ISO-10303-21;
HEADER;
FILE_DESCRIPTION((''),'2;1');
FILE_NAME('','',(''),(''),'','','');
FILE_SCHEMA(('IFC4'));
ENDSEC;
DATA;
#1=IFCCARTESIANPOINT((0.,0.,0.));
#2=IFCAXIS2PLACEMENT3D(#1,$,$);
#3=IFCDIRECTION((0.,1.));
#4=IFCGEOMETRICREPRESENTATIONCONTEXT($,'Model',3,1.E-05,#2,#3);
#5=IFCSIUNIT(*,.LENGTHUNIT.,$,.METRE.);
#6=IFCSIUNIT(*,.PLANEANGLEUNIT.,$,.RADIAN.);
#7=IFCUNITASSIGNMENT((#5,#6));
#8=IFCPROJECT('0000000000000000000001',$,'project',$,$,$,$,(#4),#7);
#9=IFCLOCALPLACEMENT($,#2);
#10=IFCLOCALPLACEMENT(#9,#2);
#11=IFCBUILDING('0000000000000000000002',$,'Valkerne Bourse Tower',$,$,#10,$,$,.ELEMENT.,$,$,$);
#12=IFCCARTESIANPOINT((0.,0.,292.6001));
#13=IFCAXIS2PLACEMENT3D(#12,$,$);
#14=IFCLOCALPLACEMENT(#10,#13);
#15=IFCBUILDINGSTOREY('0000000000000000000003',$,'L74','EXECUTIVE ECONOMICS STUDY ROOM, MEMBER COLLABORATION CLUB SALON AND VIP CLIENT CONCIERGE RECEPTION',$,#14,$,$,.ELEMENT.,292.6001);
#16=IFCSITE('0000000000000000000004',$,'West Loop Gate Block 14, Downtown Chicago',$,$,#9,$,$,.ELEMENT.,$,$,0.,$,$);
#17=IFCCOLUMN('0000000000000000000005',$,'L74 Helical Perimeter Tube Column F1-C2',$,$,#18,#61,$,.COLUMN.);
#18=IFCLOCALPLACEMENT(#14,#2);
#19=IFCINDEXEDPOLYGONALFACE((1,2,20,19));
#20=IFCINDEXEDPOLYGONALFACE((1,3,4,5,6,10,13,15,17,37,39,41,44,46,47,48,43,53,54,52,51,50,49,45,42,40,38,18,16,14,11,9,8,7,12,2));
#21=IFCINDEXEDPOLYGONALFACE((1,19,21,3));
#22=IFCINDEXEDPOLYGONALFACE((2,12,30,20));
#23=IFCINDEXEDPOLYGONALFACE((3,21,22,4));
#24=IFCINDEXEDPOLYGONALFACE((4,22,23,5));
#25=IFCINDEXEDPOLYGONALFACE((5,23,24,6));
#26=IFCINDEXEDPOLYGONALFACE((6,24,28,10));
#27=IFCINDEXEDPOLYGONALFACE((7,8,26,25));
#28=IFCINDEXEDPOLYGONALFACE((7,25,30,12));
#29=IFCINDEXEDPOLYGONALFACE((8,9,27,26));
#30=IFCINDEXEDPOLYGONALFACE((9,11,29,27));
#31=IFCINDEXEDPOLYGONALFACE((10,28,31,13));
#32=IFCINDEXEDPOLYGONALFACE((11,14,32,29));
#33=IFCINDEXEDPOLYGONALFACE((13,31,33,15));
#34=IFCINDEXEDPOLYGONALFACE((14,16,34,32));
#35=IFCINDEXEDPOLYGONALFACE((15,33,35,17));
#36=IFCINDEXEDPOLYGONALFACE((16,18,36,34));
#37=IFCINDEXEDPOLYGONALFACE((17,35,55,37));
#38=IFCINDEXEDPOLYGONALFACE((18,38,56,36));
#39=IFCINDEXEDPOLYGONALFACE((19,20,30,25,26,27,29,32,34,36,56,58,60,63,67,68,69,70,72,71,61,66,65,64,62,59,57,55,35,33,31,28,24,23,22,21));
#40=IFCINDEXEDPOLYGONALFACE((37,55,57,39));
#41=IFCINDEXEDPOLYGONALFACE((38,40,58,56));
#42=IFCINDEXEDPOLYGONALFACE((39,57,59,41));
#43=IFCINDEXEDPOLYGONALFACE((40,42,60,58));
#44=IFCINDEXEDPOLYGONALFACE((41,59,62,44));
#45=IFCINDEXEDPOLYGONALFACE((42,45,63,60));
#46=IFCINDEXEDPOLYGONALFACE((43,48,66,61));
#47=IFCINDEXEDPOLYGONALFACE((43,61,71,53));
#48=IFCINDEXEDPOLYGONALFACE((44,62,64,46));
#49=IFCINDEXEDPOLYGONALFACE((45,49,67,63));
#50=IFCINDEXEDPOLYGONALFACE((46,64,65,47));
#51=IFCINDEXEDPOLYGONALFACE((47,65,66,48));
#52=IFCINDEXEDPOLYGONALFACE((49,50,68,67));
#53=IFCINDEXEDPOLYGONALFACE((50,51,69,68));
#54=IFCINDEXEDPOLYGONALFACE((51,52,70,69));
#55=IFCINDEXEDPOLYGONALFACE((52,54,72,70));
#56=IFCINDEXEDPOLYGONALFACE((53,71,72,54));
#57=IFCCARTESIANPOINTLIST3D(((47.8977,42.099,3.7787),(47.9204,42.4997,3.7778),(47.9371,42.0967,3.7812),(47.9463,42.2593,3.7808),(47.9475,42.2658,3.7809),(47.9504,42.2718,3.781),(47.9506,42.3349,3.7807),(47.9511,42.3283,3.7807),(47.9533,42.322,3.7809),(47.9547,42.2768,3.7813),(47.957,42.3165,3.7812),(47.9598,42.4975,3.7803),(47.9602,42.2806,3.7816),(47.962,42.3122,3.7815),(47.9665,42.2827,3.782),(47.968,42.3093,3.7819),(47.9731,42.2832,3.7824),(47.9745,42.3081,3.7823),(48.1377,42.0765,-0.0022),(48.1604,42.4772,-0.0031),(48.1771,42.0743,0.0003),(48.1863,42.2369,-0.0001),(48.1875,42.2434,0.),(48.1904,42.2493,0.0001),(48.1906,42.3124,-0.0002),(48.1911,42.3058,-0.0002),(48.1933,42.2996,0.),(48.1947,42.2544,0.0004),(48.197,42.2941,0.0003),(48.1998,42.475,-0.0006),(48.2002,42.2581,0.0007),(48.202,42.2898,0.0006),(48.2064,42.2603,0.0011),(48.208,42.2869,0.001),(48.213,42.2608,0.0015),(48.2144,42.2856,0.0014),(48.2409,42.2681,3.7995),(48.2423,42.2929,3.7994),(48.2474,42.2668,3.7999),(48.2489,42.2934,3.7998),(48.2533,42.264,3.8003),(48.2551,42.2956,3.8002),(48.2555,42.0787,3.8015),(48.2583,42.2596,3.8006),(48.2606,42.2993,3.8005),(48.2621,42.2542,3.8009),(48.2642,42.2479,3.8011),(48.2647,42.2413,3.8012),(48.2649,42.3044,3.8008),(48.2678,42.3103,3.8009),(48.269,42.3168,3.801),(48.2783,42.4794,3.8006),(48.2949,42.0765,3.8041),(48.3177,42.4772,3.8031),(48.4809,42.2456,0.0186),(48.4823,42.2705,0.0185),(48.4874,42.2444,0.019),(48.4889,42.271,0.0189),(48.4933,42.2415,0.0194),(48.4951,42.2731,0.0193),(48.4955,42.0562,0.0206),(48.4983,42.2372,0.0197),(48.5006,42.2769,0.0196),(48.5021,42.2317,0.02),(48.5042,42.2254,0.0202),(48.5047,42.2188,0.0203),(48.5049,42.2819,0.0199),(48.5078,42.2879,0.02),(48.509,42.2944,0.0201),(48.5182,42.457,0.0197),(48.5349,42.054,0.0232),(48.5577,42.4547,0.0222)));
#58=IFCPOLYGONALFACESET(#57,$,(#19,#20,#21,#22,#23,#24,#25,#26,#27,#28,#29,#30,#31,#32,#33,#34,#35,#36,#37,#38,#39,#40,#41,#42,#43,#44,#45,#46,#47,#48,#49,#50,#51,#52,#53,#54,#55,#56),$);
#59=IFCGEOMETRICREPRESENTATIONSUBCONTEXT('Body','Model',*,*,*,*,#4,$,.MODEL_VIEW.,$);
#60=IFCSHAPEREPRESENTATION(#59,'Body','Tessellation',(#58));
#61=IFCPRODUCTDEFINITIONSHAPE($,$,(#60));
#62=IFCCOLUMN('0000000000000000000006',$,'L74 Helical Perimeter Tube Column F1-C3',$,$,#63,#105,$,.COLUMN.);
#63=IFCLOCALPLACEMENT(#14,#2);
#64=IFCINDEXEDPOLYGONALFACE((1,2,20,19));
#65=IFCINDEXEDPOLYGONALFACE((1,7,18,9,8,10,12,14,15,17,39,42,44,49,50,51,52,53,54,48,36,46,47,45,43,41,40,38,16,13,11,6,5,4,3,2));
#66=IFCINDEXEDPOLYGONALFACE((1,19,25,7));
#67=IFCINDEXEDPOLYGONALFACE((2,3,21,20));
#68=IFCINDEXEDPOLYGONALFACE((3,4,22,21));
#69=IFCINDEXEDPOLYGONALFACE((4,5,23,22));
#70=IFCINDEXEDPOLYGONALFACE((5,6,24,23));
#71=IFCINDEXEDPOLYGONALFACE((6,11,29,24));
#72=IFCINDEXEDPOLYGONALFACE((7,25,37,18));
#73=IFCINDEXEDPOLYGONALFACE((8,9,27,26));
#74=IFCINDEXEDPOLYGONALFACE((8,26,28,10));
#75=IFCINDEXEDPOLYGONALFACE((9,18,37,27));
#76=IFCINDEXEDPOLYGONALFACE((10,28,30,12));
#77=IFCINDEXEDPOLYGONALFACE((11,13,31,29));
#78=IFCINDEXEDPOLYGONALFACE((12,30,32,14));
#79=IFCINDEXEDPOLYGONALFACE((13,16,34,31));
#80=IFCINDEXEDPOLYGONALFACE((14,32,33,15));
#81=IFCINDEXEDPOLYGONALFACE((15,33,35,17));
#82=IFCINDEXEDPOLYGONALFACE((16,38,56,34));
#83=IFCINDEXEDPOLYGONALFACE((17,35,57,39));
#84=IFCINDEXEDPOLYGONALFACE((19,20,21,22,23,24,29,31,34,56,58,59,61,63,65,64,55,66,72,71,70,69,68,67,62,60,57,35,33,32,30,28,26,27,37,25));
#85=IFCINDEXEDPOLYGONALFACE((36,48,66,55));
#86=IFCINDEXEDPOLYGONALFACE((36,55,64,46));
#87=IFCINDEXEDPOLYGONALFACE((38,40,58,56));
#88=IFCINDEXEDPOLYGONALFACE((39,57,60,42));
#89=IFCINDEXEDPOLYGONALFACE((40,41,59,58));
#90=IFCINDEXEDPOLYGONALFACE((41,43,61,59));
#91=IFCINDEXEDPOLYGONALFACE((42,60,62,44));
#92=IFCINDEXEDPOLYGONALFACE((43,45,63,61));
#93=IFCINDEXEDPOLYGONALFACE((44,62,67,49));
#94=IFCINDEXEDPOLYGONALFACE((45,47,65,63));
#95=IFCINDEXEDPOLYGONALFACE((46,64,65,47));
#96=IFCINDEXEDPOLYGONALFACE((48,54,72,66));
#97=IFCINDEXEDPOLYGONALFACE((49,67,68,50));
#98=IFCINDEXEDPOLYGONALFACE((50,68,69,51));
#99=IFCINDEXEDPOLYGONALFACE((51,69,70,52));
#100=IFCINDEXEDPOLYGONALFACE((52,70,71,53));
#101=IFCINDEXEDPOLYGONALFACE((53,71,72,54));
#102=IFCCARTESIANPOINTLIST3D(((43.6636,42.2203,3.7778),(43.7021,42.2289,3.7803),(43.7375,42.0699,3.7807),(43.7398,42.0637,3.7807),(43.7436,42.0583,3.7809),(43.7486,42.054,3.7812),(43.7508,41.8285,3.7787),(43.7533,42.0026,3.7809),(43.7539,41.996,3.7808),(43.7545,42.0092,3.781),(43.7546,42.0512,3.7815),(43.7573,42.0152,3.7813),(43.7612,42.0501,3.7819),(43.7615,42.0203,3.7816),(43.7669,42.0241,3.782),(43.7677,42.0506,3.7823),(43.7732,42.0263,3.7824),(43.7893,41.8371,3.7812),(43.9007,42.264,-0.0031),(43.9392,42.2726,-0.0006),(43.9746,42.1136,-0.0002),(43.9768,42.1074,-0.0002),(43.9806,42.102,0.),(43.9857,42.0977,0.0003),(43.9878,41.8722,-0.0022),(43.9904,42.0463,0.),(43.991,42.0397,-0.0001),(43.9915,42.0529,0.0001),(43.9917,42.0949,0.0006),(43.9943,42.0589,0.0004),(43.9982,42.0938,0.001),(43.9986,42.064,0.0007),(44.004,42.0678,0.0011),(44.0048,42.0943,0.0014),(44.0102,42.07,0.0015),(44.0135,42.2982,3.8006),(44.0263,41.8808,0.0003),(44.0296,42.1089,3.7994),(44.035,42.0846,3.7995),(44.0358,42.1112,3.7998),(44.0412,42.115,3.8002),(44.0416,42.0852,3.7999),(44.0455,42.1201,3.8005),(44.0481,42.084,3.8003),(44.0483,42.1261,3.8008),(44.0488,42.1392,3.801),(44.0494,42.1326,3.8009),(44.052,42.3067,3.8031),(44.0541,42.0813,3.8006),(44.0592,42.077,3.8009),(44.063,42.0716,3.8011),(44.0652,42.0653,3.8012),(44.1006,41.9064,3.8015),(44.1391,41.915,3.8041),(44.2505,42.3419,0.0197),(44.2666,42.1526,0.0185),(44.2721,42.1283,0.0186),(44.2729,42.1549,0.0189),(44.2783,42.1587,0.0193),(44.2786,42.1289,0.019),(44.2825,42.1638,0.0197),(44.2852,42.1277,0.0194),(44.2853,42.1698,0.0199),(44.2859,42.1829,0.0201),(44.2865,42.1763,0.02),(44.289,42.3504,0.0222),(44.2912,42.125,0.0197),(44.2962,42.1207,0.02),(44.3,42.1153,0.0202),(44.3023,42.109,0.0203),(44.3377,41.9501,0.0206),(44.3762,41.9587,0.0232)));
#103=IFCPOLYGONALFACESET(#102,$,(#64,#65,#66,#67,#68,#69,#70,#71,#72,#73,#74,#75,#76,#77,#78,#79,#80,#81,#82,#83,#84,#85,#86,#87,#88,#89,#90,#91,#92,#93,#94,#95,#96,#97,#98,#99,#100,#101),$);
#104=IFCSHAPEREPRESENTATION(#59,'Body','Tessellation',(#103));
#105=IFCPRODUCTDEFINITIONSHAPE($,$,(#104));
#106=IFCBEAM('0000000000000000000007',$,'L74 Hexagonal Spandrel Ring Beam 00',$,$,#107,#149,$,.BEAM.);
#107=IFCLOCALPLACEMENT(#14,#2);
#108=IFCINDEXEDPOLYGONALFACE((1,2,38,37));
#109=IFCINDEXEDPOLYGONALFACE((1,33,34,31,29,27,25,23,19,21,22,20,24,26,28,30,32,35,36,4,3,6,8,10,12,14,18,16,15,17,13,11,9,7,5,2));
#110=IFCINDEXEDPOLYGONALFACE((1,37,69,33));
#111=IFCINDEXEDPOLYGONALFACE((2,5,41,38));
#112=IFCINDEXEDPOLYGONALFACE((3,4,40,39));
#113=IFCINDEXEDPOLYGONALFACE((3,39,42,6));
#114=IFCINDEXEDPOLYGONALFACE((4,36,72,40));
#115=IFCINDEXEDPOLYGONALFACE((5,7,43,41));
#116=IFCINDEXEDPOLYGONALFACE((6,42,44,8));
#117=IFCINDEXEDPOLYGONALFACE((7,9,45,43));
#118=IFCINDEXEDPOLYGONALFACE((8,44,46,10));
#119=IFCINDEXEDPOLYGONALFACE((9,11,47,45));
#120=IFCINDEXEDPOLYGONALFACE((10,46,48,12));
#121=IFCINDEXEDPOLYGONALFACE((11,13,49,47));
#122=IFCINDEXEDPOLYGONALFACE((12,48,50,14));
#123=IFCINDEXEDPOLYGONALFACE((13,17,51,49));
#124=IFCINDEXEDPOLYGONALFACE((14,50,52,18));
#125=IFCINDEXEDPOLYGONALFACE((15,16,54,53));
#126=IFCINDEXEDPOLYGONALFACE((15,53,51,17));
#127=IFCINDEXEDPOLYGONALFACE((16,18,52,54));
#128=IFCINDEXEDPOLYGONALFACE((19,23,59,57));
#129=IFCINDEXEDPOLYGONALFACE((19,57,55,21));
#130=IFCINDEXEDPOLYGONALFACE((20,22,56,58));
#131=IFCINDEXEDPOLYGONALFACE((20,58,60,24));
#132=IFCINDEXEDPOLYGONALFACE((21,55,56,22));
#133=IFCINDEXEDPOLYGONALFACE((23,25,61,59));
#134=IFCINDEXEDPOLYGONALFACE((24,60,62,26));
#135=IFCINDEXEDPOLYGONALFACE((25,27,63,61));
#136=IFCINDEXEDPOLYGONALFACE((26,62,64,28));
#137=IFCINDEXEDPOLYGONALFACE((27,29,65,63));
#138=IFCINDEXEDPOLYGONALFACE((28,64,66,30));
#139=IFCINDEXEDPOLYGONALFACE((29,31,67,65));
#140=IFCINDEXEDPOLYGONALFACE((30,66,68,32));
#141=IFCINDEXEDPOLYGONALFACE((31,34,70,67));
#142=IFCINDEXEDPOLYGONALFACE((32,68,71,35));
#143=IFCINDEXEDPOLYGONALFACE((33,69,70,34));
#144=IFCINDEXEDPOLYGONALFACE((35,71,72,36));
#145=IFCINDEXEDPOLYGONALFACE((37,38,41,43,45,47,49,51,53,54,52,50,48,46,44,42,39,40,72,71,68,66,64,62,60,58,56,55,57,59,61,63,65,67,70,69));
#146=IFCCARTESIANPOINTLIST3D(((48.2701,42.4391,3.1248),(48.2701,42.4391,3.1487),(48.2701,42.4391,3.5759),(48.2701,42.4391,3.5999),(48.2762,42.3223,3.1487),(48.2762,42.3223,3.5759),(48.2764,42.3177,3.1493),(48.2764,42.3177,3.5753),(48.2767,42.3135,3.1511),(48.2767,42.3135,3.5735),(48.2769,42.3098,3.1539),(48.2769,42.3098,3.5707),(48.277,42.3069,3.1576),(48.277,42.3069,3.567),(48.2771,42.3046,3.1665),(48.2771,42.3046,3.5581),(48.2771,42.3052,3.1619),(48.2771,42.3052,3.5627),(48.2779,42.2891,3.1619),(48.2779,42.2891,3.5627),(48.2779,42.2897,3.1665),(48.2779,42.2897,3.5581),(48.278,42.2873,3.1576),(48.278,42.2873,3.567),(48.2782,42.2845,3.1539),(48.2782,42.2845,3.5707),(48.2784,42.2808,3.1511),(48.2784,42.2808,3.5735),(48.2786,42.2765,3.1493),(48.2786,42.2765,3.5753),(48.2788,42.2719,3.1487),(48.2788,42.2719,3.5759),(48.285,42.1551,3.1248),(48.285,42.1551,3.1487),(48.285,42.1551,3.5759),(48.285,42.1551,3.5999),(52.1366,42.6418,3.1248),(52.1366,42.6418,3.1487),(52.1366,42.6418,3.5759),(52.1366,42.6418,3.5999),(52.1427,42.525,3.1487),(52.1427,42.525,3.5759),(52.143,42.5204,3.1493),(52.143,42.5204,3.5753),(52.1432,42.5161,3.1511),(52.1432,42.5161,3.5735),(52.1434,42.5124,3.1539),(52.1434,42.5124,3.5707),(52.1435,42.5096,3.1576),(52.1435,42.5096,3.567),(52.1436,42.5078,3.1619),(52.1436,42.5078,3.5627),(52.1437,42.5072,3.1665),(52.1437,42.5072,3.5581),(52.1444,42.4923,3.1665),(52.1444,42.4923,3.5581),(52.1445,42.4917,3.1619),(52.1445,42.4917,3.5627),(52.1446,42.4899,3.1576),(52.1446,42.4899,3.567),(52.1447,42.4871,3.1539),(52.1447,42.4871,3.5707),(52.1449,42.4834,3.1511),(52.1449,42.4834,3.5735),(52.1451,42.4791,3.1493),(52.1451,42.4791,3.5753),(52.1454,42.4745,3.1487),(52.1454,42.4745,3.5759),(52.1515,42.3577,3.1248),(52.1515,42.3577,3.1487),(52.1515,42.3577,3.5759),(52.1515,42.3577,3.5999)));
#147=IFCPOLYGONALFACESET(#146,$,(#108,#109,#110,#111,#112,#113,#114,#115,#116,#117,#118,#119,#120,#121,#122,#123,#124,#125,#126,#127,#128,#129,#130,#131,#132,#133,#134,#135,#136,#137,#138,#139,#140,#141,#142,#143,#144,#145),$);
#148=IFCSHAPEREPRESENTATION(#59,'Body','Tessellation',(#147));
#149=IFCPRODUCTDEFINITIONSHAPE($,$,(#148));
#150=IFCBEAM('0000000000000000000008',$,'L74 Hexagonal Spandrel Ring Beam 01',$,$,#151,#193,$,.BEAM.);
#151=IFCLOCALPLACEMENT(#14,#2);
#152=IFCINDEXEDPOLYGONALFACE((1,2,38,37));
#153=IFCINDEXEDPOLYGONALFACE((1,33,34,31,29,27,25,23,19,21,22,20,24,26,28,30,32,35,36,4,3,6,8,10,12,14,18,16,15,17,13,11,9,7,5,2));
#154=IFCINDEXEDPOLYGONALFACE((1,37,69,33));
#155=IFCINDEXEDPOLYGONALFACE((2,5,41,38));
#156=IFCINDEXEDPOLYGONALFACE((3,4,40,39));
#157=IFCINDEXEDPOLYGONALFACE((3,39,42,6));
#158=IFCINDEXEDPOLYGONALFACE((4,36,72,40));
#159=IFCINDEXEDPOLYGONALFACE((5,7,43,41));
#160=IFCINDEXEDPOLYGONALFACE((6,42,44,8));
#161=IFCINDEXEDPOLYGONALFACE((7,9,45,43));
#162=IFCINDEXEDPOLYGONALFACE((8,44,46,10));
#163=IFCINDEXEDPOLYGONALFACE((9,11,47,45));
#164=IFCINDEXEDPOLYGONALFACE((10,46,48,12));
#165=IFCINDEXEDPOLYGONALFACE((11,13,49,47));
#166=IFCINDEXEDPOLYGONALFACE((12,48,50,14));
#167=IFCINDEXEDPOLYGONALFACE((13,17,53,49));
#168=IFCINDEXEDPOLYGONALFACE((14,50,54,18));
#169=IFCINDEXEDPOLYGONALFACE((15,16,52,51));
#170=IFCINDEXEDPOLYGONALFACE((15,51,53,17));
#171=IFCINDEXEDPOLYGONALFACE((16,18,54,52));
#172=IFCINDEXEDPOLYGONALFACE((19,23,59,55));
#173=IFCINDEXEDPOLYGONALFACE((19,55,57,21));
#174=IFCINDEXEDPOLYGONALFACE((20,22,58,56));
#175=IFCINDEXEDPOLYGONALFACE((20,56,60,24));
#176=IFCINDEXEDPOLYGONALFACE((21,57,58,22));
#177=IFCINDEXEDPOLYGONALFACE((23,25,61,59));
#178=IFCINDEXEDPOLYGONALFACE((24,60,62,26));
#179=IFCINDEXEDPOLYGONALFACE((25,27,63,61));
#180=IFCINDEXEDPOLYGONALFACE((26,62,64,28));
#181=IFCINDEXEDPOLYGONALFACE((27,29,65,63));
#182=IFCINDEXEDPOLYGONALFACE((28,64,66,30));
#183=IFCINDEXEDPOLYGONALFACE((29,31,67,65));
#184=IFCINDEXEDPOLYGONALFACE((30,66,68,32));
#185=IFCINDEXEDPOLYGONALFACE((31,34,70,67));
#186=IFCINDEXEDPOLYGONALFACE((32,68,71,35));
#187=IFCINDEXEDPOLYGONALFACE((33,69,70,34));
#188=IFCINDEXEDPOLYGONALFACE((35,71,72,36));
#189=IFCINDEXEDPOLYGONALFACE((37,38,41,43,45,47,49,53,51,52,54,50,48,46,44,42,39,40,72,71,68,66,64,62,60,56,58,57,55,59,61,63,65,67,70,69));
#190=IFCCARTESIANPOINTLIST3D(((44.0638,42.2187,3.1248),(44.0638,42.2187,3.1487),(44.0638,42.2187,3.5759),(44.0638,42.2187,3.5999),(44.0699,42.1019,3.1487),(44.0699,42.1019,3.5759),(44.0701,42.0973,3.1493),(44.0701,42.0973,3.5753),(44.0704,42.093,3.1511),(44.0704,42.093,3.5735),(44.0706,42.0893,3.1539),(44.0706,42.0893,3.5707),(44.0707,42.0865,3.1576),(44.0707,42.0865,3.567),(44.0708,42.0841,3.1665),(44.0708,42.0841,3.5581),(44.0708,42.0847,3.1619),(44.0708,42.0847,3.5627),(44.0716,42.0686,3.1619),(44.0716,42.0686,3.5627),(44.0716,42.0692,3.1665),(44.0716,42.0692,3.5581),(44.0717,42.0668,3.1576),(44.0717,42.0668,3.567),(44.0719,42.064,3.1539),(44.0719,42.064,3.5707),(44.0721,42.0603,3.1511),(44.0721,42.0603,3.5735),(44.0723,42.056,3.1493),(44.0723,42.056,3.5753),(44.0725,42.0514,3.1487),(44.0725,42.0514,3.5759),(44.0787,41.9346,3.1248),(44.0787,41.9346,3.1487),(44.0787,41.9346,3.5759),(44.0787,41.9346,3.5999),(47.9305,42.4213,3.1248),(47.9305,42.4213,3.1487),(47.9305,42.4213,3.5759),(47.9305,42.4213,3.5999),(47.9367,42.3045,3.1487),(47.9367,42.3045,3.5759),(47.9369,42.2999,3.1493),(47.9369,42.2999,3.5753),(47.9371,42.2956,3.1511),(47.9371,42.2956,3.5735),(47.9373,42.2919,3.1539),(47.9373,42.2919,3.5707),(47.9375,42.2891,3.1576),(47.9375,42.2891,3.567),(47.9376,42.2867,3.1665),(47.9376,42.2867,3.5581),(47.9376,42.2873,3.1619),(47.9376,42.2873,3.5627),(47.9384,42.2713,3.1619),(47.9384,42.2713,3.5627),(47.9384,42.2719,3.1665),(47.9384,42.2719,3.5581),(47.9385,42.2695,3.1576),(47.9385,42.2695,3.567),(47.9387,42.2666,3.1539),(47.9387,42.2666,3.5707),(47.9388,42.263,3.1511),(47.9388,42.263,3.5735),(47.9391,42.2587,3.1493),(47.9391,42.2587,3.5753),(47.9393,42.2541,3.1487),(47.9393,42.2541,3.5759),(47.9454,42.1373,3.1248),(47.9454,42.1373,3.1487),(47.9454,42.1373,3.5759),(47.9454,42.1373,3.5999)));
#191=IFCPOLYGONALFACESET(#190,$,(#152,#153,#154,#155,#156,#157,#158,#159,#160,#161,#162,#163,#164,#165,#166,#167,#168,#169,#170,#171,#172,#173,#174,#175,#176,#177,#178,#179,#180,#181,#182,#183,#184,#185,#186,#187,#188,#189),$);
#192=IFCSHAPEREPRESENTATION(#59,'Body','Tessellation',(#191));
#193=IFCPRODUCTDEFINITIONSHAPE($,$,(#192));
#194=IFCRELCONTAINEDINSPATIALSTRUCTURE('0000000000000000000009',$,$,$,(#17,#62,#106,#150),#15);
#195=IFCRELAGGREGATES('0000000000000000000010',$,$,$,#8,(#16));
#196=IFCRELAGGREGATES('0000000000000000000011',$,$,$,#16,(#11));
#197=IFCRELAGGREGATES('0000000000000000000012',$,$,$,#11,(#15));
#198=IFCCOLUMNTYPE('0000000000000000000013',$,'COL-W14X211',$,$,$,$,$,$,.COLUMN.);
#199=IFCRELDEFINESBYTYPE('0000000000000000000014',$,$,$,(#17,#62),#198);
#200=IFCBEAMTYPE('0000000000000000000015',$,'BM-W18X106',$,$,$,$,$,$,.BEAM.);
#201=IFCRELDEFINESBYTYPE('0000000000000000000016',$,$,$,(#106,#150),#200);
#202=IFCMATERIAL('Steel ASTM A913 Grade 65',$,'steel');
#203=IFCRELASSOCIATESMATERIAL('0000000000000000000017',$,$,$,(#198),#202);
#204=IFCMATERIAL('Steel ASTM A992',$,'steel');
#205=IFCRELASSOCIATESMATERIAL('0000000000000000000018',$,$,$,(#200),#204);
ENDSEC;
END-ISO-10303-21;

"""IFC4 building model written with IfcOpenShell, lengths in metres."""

from ifc_helpers import new_model, si_unit, direction, frame, origin, origin_2d, place, context, subcontext, project, spatial, i_section, extrude, material, material_profile, profile_set, type_object, element, save


model = new_model("IFC4")

# Units and contexts
model_context = context("Model", 3, precision=1e-05, world=origin(), true_north=direction((0.0, 1.0)))
body_context = subcontext(model_context, "Body", "Model", "MODEL_VIEW")
ifc_project = project(units=[si_unit("LENGTHUNIT", "METRE"), si_unit("PLANEANGLEUNIT", "RADIAN")], contexts=[model_context])

# Site, building, storey
site_placement = place(None, origin())
site = spatial("IfcSite", under=ifc_project, at=site_placement, Name="West Loop Gate Block 14, Downtown Chicago", CompositionType="ELEMENT", RefElevation=0.0)
building_placement = place(site_placement, origin())
building = spatial("IfcBuilding", under=site, at=building_placement, Name="Valkerne Bourse Tower", CompositionType="ELEMENT")
storey_placement = place(building_placement, frame((0.0, 0.0, 292.6001)))
storey = spatial("IfcBuildingStorey", under=building, at=storey_placement, Name="L74", Description="EXECUTIVE ECONOMICS STUDY ROOM, MEMBER COLLABORATION CLUB SALON AND VIP CLIENT CONCIERGE RECEPTION", CompositionType="ELEMENT", Elevation=292.6001)

# Columns
ifc_material_1 = material(Name="Steel ASTM A913 Grade 65", Category="steel")
ifc_material_profile_1 = material_profile(ifc_material_1, i_section(OverallWidth=0.4014, OverallDepth=0.3987, WebThickness=0.0249, FlangeThickness=0.0396, FilletRadius=0.0254, at=origin_2d()), Name="W14X211")
ifc_profile_set_1 = profile_set([ifc_material_profile_1], Name="Steel ASTM A913 Grade 65")
column_type = type_object("IfcColumnType", Name="COL-W14X211", PredefinedType="COLUMN", material=ifc_profile_set_1)
for number, where, z_axis, x_axis, name in (
    (1, (48.3477, 42.2656, 0.01), (-0.063344, 0.005928, 0.997974), (0.056711, 0.998388, -0.002331), "L74 Helical Perimeter Tube Column F1-C2"),
    (2, (44.1384, 42.1113, 0.01), (-0.062571, -0.011535, 0.997974), (-0.217133, 0.976139, -0.002331), "L74 Helical Perimeter Tube Column F1-C3"),
):
    element("IfcColumn", number, at=place(storey_placement, frame(where, z_axis=z_axis, x_axis=x_axis)), inside=storey, type_object=column_type, Name=name, PredefinedType="COLUMN", context=body_context, shape_type="SweptSolid", body=[
        extrude(i_section(OverallWidth=0.4014, OverallDepth=0.3987, WebThickness=0.0249, FlangeThickness=0.0396, FilletRadius=0.0254, at=origin_2d()), origin(), (0.0, 0.0, 1.0), 3.7886),
    ])

# Beams
ifc_material_2 = material(Name="Steel ASTM A992", Category="steel")
ifc_material_profile_2 = material_profile(ifc_material_2, i_section(OverallWidth=0.2844, OverallDepth=0.4751, WebThickness=0.0149, FlangeThickness=0.0239, FilletRadius=0.0178, at=origin_2d()), Name="W18X106")
ifc_profile_set_2 = profile_set([ifc_material_profile_2], Name="Steel ASTM A992")
beam_type_1 = type_object("IfcBeamType", Name="BM-W18X106", PredefinedType="BEAM", material=ifc_profile_set_2)
beam_1_placement = place(storey_placement, frame((52.144, 42.4998, 3.3623), z_axis=(-0.998629, -0.052337, 0.0), x_axis=(0.052337, -0.998629, 0.0)))
element("IfcBeam", 3, at=beam_1_placement, inside=storey, type_object=beam_type_1, Name="L74 Hexagonal Spandrel Ring Beam 00", PredefinedType="BEAM", context=body_context, shape_type="SweptSolid", body=[
    extrude(i_section(OverallWidth=0.2844, OverallDepth=0.4751, WebThickness=0.0149, FlangeThickness=0.0239, FilletRadius=0.0178, at=origin_2d()), origin(), (0.0, 0.0, 1.0), 3.8718),
])
for number, where, z_axis, x_axis, name in (
    (4, (47.938, 42.2793, 3.3623), (-0.99863, -0.052334, 0.0), (0.052334, -0.99863, 0.0), "L74 Hexagonal Spandrel Ring Beam 01"),
):
    element("IfcBeam", number, at=place(storey_placement, frame(where, z_axis=z_axis, x_axis=x_axis)), inside=storey, type_object=beam_type_1, Name=name, PredefinedType="BEAM", context=body_context, shape_type="SweptSolid", body=[
        extrude(i_section(OverallWidth=0.2844, OverallDepth=0.4751, WebThickness=0.0149, FlangeThickness=0.0239, FilletRadius=0.0178, at=origin_2d()), origin(), (0.0, 0.0, 1.0), 3.8721),
    ])

save(model, "model.ifc")
